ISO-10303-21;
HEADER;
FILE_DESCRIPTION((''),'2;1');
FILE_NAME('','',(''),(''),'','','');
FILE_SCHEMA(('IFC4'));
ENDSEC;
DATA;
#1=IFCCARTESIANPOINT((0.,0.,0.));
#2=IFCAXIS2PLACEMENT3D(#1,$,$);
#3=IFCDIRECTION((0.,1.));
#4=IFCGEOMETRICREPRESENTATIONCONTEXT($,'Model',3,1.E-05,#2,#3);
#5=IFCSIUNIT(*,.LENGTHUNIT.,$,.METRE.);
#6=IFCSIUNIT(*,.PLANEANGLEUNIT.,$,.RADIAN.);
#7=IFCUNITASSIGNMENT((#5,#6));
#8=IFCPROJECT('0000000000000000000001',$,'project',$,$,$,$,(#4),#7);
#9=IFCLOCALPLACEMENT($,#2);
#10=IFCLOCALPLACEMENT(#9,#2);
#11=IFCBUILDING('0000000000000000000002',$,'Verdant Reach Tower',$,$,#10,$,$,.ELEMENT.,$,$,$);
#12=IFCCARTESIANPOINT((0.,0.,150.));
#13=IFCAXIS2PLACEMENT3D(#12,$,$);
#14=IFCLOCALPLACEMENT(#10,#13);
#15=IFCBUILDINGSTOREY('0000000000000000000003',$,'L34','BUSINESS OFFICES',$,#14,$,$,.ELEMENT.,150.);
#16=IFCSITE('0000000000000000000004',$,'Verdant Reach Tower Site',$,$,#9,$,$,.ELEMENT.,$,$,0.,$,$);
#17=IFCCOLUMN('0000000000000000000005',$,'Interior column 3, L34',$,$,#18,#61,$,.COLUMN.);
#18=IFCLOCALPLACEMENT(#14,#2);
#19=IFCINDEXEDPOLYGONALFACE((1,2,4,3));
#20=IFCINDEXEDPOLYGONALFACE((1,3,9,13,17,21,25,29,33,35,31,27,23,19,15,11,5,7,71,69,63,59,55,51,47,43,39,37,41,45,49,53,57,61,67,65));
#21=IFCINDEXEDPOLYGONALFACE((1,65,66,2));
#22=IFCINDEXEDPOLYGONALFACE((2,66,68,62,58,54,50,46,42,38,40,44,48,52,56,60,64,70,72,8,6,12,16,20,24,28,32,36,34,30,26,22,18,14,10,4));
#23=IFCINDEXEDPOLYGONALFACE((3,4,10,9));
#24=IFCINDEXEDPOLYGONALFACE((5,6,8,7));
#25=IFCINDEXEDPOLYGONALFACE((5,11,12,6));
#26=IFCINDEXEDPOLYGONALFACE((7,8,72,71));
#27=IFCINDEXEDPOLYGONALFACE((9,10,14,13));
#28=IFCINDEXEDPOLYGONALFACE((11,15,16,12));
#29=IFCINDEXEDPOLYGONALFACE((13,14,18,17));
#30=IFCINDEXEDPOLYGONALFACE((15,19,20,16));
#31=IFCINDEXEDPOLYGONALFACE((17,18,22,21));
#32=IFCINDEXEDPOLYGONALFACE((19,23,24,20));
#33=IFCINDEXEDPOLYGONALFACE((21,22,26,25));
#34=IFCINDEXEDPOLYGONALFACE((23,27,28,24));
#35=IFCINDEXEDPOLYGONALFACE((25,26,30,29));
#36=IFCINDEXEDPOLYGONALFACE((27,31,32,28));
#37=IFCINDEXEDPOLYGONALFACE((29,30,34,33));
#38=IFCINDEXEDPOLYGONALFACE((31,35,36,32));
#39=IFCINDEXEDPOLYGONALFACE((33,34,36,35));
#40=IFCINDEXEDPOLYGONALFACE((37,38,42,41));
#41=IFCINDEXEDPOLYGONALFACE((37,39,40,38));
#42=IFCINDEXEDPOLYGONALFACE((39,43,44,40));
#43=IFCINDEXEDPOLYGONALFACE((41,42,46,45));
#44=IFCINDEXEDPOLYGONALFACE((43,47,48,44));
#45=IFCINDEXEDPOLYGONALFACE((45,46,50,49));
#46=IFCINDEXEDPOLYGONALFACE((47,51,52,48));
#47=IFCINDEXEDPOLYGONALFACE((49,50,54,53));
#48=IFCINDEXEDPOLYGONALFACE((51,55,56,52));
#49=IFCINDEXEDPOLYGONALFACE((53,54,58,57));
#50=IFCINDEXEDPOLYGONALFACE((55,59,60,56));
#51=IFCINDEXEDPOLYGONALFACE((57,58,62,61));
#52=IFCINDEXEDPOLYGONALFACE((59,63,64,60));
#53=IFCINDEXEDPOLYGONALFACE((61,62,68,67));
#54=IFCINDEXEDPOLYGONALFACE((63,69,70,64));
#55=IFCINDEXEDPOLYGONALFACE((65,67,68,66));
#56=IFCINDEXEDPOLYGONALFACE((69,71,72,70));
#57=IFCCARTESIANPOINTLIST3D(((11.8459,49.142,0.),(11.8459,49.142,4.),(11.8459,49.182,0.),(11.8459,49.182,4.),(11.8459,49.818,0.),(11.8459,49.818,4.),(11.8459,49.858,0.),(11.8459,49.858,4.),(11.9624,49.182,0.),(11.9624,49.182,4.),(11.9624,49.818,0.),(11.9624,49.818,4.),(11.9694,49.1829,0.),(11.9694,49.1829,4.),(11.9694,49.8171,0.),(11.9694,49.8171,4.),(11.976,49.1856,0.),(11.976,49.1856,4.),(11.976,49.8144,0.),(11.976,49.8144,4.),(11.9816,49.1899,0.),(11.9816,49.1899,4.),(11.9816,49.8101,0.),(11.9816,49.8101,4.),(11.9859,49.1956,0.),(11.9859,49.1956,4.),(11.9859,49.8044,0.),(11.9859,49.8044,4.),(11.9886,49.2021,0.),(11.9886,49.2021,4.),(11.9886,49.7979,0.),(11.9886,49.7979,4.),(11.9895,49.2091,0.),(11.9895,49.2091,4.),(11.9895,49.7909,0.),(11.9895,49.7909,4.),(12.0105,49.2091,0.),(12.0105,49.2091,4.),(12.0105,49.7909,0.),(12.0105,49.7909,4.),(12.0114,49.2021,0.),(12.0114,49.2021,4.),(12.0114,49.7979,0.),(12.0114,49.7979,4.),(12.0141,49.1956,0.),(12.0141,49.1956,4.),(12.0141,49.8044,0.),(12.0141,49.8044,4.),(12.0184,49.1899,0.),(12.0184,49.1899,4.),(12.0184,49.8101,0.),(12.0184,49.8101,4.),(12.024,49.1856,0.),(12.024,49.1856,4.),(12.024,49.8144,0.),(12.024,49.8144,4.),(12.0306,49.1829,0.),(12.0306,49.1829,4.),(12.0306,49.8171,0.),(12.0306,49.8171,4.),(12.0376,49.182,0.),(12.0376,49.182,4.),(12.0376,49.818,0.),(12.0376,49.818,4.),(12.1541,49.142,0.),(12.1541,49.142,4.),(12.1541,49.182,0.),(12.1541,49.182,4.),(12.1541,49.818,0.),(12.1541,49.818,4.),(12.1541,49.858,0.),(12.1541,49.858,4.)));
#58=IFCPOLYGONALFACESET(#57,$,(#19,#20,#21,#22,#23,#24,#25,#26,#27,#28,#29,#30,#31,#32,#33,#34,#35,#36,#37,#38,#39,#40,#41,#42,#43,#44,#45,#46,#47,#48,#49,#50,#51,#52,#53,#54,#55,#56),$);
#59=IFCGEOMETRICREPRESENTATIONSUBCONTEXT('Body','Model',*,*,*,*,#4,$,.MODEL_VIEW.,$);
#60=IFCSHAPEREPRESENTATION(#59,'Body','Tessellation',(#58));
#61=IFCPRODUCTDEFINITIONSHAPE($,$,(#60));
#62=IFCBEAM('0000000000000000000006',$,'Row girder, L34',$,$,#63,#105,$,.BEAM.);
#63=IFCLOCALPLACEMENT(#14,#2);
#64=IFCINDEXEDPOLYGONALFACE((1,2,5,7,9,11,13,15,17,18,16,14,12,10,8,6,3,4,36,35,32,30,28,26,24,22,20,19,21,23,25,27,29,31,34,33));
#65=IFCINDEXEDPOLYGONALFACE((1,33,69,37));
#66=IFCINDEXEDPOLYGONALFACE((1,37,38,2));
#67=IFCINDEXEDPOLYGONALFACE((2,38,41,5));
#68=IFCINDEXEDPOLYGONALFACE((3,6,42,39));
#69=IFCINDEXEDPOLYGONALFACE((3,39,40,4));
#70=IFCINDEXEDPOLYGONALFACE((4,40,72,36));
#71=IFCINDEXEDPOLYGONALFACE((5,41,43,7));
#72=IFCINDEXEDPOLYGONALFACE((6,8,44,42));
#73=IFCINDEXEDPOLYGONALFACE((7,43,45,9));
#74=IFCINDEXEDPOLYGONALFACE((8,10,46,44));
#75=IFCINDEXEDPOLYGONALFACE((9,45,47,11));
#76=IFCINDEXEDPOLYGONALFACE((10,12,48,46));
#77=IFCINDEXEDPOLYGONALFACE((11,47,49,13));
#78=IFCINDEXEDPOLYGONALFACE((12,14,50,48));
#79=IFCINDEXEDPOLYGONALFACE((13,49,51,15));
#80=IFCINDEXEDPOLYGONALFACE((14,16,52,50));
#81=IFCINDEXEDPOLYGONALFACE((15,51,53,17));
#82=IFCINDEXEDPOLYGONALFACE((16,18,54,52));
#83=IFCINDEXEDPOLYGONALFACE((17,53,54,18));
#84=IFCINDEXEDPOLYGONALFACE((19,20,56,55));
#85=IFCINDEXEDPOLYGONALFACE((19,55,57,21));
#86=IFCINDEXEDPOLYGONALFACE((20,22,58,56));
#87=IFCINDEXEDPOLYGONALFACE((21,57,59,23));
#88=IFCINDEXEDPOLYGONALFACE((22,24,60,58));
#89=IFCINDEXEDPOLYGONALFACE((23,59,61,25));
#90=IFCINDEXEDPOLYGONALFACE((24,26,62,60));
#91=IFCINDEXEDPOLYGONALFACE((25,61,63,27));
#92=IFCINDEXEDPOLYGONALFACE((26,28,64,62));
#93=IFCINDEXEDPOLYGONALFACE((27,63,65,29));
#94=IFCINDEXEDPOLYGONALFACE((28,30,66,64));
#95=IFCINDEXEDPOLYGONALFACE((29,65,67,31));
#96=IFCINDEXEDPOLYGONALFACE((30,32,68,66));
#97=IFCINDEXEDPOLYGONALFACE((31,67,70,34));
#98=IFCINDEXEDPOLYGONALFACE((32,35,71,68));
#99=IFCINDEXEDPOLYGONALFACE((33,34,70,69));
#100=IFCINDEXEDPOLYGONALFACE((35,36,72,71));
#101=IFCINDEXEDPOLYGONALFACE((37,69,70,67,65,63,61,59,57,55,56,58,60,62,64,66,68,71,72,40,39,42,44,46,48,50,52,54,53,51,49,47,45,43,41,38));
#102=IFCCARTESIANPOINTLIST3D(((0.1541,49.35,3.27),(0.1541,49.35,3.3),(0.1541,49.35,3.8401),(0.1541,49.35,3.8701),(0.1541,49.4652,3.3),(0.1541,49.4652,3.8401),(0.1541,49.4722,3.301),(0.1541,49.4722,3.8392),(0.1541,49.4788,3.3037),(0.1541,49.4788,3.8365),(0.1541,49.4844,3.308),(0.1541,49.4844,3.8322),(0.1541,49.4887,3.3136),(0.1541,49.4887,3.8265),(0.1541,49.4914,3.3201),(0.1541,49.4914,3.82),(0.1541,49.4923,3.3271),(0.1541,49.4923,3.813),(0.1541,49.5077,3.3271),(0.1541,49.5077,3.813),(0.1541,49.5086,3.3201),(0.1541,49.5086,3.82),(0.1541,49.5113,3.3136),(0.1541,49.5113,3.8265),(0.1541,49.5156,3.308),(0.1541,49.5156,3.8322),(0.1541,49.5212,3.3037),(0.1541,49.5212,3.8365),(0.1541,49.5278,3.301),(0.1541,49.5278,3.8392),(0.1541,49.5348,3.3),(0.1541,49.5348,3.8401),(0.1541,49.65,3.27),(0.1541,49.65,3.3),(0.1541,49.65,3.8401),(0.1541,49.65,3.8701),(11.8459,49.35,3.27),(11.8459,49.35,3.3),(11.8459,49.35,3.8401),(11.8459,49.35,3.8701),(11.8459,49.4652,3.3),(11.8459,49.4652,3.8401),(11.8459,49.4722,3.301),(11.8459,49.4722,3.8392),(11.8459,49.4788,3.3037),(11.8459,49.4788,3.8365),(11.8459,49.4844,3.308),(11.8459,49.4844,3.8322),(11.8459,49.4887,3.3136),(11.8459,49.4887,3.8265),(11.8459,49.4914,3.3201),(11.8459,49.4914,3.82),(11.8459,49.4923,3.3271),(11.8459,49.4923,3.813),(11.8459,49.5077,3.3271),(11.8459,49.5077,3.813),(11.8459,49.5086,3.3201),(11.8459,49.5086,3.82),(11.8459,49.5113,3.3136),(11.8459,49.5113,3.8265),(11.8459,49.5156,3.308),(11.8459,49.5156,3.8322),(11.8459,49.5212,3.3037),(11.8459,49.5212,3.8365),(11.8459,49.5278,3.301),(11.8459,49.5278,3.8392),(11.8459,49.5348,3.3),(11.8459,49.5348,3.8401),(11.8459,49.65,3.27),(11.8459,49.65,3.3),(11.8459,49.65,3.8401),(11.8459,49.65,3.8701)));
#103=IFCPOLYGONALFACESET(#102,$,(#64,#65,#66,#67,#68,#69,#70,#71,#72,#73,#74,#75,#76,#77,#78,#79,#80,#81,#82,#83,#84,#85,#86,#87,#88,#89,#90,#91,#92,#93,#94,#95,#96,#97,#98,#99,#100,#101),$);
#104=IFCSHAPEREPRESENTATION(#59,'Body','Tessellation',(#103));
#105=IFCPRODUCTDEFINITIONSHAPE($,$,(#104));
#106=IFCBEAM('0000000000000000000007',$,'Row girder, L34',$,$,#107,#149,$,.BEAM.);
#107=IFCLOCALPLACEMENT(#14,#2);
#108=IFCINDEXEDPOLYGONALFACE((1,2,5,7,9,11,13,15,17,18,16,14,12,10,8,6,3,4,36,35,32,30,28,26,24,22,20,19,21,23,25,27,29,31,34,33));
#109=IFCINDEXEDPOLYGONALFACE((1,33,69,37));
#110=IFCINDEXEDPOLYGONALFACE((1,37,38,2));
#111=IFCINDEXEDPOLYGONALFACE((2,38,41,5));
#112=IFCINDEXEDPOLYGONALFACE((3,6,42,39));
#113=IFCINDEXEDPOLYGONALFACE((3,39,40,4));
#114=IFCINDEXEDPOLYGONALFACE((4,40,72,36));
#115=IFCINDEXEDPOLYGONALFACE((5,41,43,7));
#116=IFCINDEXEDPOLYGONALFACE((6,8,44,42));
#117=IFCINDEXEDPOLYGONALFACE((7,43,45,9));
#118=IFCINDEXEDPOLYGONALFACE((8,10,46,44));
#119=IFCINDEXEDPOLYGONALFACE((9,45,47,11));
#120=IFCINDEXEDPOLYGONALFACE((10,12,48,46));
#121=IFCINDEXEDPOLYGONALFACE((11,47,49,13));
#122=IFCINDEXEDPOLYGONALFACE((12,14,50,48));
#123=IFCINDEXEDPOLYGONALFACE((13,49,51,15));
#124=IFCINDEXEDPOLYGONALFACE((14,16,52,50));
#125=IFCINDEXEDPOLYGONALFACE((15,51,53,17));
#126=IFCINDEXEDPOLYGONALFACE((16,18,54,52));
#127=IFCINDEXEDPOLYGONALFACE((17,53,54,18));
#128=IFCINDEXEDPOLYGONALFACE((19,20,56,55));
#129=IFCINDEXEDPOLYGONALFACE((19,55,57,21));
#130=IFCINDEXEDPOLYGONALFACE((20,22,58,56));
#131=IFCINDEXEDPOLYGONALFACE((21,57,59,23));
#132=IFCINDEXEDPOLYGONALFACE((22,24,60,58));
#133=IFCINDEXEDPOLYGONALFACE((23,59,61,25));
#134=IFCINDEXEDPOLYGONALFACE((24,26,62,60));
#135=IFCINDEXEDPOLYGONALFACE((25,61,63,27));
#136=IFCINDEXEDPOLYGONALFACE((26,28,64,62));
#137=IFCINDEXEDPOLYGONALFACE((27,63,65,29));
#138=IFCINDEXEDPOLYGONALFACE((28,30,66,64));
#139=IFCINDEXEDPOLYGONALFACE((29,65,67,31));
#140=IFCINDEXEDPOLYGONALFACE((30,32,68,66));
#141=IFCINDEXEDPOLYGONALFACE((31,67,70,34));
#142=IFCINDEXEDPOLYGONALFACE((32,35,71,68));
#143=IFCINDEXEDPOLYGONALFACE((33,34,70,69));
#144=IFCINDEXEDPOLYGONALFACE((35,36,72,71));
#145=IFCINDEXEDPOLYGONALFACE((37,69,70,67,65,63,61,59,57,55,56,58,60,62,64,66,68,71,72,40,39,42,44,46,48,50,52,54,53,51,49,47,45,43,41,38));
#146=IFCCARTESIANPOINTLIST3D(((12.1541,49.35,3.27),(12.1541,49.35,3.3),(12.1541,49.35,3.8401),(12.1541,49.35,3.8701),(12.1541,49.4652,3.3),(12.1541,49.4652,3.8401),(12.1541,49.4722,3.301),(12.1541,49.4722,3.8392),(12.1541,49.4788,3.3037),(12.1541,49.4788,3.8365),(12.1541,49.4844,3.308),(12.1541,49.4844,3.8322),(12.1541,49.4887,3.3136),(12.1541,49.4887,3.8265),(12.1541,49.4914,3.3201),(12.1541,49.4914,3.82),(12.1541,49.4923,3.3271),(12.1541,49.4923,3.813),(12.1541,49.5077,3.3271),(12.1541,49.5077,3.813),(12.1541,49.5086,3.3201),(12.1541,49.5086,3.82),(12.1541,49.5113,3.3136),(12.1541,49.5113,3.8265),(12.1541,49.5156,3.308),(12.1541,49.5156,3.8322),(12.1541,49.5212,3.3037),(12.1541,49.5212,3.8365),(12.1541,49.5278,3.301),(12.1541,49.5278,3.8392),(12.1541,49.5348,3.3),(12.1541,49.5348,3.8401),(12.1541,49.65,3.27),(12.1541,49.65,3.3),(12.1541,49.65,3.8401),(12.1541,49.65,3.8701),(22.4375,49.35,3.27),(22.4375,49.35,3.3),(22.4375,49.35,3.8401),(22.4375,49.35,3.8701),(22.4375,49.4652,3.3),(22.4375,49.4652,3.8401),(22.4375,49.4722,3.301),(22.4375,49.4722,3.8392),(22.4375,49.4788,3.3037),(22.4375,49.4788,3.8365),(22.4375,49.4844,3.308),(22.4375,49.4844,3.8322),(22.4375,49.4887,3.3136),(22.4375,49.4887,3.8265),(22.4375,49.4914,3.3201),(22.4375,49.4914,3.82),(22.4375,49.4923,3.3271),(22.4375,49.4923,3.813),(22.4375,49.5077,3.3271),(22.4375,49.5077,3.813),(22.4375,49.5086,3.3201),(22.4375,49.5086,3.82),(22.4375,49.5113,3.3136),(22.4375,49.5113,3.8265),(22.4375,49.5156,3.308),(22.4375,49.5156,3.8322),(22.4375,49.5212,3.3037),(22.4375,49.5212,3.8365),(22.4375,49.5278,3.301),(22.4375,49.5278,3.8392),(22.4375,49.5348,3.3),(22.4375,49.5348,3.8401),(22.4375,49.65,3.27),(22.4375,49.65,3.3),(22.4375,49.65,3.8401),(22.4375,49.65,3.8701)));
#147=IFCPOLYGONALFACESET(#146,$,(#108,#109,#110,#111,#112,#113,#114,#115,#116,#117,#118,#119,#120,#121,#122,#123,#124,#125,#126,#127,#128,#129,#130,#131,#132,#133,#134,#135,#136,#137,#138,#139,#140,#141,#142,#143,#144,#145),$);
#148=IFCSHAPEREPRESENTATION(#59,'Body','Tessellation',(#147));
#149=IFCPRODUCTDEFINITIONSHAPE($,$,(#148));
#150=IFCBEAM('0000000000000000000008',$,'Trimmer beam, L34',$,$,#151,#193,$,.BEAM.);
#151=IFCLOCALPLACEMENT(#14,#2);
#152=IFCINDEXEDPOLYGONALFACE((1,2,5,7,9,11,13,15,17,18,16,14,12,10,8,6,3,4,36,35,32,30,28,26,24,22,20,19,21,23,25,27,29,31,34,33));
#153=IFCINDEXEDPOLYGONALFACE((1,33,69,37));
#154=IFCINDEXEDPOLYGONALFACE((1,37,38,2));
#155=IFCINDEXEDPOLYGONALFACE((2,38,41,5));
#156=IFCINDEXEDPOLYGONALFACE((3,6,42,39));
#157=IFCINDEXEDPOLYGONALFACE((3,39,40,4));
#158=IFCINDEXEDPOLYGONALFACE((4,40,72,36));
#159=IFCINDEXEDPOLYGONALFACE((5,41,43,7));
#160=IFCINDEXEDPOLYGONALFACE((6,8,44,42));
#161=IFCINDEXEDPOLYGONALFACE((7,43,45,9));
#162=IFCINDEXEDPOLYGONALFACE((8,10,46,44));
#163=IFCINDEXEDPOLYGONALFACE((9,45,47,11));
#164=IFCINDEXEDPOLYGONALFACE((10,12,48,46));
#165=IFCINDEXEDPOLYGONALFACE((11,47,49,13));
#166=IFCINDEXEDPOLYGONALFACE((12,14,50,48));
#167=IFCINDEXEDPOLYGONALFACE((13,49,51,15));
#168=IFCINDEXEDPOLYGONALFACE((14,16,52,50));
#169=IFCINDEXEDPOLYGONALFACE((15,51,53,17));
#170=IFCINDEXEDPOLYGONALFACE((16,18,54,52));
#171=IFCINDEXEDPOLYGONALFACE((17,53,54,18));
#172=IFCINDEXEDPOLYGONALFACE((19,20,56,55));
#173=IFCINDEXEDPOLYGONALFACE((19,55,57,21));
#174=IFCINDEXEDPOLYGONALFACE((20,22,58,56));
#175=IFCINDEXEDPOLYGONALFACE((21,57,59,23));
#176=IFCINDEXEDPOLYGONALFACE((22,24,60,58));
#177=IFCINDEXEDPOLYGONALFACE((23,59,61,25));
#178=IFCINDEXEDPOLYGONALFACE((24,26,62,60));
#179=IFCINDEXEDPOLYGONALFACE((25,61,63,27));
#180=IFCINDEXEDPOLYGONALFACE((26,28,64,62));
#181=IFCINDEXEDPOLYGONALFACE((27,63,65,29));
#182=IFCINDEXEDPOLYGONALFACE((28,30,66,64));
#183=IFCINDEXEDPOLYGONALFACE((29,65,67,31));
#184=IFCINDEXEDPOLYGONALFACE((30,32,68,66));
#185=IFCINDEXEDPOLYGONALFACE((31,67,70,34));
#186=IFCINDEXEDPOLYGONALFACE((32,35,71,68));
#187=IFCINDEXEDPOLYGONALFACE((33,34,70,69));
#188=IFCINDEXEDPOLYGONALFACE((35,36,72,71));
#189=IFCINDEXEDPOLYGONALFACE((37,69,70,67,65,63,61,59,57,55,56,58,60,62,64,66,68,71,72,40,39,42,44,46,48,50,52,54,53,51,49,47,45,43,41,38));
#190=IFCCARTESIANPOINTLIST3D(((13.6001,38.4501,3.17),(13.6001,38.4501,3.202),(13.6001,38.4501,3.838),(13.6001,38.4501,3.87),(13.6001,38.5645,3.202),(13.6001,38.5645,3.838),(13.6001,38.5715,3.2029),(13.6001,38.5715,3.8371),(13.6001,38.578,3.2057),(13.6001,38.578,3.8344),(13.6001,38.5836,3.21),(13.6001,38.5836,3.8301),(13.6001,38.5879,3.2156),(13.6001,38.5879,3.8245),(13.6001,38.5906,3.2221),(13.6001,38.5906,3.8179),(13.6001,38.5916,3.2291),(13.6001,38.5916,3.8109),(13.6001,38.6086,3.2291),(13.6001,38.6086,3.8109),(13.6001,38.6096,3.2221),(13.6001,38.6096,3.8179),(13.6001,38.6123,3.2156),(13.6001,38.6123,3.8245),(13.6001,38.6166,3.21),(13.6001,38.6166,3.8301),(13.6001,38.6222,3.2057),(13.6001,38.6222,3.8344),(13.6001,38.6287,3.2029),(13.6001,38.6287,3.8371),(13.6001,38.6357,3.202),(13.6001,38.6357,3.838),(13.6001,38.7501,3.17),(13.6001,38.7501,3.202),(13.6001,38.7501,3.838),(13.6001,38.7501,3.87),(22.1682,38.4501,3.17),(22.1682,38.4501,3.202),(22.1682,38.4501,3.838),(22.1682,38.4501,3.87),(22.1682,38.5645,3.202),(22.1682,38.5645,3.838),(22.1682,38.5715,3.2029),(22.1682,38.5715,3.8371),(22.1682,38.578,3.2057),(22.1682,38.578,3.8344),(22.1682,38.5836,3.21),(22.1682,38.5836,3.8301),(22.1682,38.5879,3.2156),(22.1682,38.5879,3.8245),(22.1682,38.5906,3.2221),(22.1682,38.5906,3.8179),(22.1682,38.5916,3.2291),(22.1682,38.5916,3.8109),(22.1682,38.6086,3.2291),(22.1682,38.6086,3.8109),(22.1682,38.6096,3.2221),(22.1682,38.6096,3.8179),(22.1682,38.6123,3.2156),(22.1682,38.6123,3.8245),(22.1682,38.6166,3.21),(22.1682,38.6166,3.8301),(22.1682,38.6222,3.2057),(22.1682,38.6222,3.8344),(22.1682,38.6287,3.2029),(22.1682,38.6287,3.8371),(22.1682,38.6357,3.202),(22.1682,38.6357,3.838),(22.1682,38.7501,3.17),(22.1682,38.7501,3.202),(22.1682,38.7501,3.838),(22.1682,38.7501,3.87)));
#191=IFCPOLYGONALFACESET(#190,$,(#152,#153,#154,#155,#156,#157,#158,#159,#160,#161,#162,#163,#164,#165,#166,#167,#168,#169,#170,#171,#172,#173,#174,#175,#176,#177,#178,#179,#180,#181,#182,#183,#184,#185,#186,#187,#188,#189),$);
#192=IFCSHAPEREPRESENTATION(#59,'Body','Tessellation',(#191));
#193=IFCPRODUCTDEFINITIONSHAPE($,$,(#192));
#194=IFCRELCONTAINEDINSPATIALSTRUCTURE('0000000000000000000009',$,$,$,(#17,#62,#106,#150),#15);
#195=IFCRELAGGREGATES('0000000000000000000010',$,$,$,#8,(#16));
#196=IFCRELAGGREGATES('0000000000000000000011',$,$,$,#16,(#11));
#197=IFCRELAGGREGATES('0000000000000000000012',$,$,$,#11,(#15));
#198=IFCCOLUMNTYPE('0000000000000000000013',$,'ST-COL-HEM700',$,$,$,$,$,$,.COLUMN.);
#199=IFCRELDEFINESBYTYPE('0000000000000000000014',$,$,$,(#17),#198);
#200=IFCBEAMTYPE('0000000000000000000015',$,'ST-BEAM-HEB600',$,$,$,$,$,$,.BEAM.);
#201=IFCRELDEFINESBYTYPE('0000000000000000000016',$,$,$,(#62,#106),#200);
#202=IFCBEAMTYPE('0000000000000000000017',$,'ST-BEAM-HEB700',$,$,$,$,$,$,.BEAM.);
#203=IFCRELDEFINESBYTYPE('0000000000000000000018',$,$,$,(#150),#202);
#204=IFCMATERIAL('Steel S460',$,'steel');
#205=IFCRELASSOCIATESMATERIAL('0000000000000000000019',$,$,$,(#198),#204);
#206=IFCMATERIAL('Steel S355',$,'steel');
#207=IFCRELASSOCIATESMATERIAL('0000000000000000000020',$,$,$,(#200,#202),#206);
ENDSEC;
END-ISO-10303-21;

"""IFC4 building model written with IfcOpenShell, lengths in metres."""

from ifc_helpers import new_model, si_unit, direction, frame, origin, origin_2d, place, context, subcontext, project, spatial, i_section, extrude, material, material_profile, profile_set, type_object, element, save


model = new_model("IFC4")

# Units and contexts
model_context = context("Model", 3, precision=1e-05, world=origin(), true_north=direction((0.0, 1.0)))
body_context = subcontext(model_context, "Body", "Model", "MODEL_VIEW")
ifc_project = project(units=[si_unit("LENGTHUNIT", "METRE"), si_unit("PLANEANGLEUNIT", "RADIAN")], contexts=[model_context])

# Site, building, storey
site_placement = place(None, origin())
site = spatial("IfcSite", under=ifc_project, at=site_placement, Name="Verdant Reach Tower Site", CompositionType="ELEMENT", RefElevation=0.0)
building_placement = place(site_placement, origin())
building = spatial("IfcBuilding", under=site, at=building_placement, Name="Verdant Reach Tower", CompositionType="ELEMENT")
storey_placement = place(building_placement, frame((0.0, 0.0, 150.0)))
storey = spatial("IfcBuildingStorey", under=building, at=storey_placement, Name="L34", Description="BUSINESS OFFICES", CompositionType="ELEMENT", Elevation=150.0)

# Column
ifc_material_1 = material(Name="Steel S460", Category="steel")
ifc_material_profile_1 = material_profile(ifc_material_1, i_section(OverallWidth=0.3081, OverallDepth=0.7161, WebThickness=0.021, FlangeThickness=0.04, FilletRadius=0.0271, at=origin_2d()), Name="HEM 700")
ifc_profile_set_1 = profile_set([ifc_material_profile_1], Name="Steel S460")
column_type = type_object("IfcColumnType", Name="ST-COL-HEM700", PredefinedType="COLUMN", material=ifc_profile_set_1)
column_placement = place(storey_placement, frame((12.0, 49.5, 0.0), z_axis=(0.0, 0.0, 1.0), x_axis=(1.0, 0.0, 0.0)))
element("IfcColumn", 1, at=column_placement, inside=storey, type_object=column_type, Name="Interior column 3, L34", PredefinedType="COLUMN", context=body_context, shape_type="SweptSolid", body=[
    extrude(i_section(OverallWidth=0.3081, OverallDepth=0.7161, WebThickness=0.021, FlangeThickness=0.04, FilletRadius=0.0271, at=origin_2d()), origin(), (0.0, 0.0, 1.0), 4.0),
])

# Beams
ifc_material_2 = material(Name="Steel S355", Category="steel")
ifc_material_profile_2 = material_profile(ifc_material_2, i_section(OverallWidth=0.3, OverallDepth=0.6001, WebThickness=0.0154, FlangeThickness=0.03, FilletRadius=0.0271, at=origin_2d()), Name="HEB 600")
ifc_profile_set_2 = profile_set([ifc_material_profile_2], Name="Steel S355")
beam_type_1 = type_object("IfcBeamType", Name="ST-BEAM-HEB600", PredefinedType="BEAM", material=ifc_profile_set_2)
beam_1_placement = place(storey_placement, frame((0.1541, 49.5, 3.5701), z_axis=(1.0, 0.0, 0.0), x_axis=(0.0, 1.0, 0.0)))
element("IfcBeam", 2, at=beam_1_placement, inside=storey, type_object=beam_type_1, Name="Row girder, L34", PredefinedType="BEAM", context=body_context, shape_type="SweptSolid", body=[
    extrude(i_section(OverallWidth=0.3, OverallDepth=0.6001, WebThickness=0.0154, FlangeThickness=0.03, FilletRadius=0.0271, at=origin_2d()), origin(), (0.0, 0.0, 1.0), 11.6919),
])
beam_2_placement = place(storey_placement, frame((12.1541, 49.5, 3.5701), z_axis=(1.0, 0.0, 0.0), x_axis=(0.0, 1.0, 0.0)))
element("IfcBeam", 3, at=beam_2_placement, inside=storey, type_object=beam_type_1, Name="Row girder, L34", PredefinedType="BEAM", context=body_context, shape_type="SweptSolid", body=[
    extrude(i_section(OverallWidth=0.3, OverallDepth=0.6001, WebThickness=0.0154, FlangeThickness=0.03, FilletRadius=0.0271, at=origin_2d()), origin(), (0.0, 0.0, 1.0), 10.2834),
])
ifc_material_profile_3 = material_profile(ifc_material_2, i_section(OverallWidth=0.3, OverallDepth=0.7, WebThickness=0.0171, FlangeThickness=0.032, FilletRadius=0.0271, at=origin_2d()), Name="HEB 700")
ifc_profile_set_3 = profile_set([ifc_material_profile_3], Name="Steel S355")
beam_type_2 = type_object("IfcBeamType", Name="ST-BEAM-HEB700", PredefinedType="BEAM", material=ifc_profile_set_3)
beam_3_placement = place(storey_placement, frame((13.6001, 38.6001, 3.52), z_axis=(1.0, 0.0, 0.0), x_axis=(0.0, 1.0, 0.0)))
element("IfcBeam", 4, at=beam_3_placement, inside=storey, type_object=beam_type_2, Name="Trimmer beam, L34", PredefinedType="BEAM", context=body_context, shape_type="SweptSolid", body=[
    extrude(i_section(OverallWidth=0.3, OverallDepth=0.7, WebThickness=0.0171, FlangeThickness=0.032, FilletRadius=0.0271, at=origin_2d()), origin(), (0.0, 0.0, 1.0), 8.5681),
])

save(model, "model.ifc")
